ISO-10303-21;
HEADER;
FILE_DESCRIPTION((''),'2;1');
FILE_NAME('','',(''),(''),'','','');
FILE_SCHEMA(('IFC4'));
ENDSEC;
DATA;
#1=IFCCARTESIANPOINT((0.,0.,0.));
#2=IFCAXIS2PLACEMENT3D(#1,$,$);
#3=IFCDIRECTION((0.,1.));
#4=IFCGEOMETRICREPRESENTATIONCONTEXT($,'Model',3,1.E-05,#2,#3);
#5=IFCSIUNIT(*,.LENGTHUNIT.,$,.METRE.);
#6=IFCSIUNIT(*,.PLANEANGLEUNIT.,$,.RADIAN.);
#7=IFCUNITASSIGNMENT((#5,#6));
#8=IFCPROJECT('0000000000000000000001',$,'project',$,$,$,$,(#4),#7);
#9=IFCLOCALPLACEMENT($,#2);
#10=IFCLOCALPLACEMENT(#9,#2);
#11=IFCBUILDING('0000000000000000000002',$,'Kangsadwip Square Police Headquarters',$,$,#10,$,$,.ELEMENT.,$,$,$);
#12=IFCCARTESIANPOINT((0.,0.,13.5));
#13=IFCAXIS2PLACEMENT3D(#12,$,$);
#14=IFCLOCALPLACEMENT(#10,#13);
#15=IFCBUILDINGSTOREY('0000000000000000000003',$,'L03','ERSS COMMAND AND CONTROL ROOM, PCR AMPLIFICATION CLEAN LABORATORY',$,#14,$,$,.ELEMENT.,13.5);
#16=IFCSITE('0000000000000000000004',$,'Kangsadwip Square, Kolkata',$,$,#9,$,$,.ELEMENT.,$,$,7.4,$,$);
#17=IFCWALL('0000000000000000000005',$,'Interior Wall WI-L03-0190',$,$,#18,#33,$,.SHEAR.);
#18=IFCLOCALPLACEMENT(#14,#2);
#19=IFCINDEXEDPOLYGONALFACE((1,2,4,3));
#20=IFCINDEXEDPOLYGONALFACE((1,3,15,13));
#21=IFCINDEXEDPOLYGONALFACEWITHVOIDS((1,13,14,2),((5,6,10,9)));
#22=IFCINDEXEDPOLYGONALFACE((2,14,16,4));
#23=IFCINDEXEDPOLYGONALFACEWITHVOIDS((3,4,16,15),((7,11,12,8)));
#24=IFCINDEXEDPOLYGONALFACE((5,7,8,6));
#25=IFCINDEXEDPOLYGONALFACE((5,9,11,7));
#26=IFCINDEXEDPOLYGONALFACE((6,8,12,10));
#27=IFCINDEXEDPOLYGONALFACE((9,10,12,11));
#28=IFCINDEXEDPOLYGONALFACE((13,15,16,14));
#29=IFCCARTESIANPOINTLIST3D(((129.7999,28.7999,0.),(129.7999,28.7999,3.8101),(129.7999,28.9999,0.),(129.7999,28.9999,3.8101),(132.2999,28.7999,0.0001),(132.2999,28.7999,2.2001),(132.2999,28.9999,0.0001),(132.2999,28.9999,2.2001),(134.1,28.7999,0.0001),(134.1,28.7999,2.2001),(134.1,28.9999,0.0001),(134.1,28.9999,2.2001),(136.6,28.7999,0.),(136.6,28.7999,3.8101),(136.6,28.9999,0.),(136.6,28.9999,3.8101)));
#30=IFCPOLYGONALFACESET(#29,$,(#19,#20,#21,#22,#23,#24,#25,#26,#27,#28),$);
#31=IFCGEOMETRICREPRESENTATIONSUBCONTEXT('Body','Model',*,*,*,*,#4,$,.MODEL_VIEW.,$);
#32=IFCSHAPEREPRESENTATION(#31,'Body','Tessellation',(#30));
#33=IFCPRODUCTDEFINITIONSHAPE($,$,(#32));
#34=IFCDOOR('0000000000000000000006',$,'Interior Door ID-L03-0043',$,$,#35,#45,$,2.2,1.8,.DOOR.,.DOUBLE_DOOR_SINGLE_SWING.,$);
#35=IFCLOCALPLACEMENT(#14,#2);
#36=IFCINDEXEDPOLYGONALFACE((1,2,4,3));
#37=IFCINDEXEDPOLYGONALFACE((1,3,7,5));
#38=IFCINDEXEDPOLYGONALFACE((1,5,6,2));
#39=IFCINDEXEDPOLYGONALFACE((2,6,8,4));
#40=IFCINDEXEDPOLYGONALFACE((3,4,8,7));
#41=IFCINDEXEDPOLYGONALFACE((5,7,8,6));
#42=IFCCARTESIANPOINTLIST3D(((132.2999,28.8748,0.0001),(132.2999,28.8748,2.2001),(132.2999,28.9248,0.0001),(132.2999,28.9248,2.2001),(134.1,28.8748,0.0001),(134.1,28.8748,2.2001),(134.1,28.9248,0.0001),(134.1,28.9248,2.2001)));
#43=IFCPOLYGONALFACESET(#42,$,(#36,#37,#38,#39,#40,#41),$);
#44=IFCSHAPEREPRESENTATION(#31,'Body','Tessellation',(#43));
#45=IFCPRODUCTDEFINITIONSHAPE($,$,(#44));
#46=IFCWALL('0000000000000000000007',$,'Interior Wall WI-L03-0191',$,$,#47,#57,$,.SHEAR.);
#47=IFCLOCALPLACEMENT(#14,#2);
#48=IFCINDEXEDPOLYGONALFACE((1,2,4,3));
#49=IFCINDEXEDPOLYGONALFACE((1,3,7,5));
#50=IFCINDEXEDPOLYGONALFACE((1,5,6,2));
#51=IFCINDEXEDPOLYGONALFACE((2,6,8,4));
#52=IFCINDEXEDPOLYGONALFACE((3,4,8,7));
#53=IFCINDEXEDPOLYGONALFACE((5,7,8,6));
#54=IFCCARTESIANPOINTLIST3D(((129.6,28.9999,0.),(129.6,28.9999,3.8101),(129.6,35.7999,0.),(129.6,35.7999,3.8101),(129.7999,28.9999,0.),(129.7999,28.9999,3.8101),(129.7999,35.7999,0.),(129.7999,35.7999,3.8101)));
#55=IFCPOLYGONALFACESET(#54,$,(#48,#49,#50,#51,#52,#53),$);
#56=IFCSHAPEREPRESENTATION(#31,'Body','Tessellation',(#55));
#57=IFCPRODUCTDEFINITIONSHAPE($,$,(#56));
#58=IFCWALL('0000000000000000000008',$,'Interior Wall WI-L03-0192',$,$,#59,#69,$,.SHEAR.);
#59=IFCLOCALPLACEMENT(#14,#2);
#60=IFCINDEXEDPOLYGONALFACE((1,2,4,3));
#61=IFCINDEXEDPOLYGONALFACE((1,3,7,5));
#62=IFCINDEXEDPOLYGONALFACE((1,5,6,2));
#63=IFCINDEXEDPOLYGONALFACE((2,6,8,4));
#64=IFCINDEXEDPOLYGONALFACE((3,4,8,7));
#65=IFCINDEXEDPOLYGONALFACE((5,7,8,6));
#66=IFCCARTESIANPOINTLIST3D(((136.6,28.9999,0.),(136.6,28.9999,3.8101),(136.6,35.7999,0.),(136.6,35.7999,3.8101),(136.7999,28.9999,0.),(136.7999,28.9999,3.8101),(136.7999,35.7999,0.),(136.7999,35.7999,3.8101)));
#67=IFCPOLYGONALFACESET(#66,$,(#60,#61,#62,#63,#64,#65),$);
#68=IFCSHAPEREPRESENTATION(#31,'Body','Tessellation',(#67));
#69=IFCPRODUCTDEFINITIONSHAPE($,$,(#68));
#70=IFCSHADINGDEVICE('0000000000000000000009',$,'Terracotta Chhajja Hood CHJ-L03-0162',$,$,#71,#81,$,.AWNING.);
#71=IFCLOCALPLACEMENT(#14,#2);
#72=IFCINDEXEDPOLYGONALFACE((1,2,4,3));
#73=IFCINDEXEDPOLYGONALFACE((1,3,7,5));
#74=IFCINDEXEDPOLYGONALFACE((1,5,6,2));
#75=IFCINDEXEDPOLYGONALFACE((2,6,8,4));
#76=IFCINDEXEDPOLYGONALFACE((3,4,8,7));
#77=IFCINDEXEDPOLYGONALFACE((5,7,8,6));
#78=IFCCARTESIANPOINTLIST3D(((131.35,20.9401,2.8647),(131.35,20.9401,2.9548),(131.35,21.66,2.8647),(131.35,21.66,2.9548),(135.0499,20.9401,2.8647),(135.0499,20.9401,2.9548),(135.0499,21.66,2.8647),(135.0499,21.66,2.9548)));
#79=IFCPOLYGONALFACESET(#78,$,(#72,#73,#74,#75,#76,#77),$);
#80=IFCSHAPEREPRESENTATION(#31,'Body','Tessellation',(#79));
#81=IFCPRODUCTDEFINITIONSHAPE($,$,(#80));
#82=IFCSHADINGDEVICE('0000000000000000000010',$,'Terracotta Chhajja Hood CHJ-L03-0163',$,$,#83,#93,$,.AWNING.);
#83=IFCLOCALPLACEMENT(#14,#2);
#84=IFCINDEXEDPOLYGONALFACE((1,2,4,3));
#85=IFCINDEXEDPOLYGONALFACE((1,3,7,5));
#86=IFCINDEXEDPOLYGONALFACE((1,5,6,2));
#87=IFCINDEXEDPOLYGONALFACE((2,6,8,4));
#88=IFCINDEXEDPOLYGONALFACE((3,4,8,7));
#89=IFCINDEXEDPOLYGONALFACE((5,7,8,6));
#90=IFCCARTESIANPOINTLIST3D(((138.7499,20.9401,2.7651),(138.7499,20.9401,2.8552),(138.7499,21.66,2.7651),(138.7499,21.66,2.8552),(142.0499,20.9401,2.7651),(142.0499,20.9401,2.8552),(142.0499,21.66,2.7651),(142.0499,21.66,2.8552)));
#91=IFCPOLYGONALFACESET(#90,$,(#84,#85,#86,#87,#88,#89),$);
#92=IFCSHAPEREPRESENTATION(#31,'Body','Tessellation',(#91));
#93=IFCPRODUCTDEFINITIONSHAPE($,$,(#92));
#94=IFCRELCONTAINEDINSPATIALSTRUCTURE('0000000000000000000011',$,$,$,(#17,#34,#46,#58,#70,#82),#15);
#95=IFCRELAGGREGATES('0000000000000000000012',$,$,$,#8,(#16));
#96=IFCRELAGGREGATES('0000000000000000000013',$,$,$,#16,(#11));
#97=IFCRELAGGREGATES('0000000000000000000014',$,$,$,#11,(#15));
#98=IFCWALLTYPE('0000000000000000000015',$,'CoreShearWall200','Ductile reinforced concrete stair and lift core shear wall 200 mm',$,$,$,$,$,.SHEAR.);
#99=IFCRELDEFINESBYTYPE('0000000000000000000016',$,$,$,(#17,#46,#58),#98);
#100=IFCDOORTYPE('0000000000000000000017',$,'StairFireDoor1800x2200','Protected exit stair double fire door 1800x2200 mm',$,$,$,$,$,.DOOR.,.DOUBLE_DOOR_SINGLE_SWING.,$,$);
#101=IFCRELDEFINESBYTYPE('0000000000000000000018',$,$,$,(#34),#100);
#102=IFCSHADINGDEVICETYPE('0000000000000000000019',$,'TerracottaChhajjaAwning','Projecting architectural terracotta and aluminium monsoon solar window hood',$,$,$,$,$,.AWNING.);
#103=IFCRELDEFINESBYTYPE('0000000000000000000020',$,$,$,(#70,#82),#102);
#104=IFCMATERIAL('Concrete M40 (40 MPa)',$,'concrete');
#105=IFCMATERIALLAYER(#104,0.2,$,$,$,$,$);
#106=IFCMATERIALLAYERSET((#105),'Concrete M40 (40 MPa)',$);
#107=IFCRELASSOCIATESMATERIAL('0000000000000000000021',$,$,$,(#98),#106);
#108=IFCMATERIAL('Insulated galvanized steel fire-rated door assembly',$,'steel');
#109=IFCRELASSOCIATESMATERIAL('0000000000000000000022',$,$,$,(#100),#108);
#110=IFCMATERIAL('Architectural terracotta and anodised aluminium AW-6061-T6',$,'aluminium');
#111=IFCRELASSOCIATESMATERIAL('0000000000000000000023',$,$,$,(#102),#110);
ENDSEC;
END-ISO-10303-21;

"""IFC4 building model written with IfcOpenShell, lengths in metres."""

from ifc_helpers import new_model, si_unit, direction, frame, frame_2d, origin, origin_2d, place, context, subcontext, project, spatial, rectangle, extrude, material, layer, layer_set, type_object, element, fill, save


model = new_model("IFC4")

# Units and contexts
model_context = context("Model", 3, precision=1e-05, world=origin(), true_north=direction((0.0, 1.0)))
body_context = subcontext(model_context, "Body", "Model", "MODEL_VIEW")
ifc_project = project(units=[si_unit("LENGTHUNIT", "METRE"), si_unit("PLANEANGLEUNIT", "RADIAN")], contexts=[model_context])

# Site, building, storey
site_placement = place(None, origin())
site = spatial("IfcSite", under=ifc_project, at=site_placement, Name="Kangsadwip Square, Kolkata", CompositionType="ELEMENT", RefElevation=7.4)
building_placement = place(site_placement, origin())
building = spatial("IfcBuilding", under=site, at=building_placement, Name="Kangsadwip Square Police Headquarters", CompositionType="ELEMENT")
storey_placement = place(building_placement, frame((0.0, 0.0, 13.5)))
storey = spatial("IfcBuildingStorey", under=building, at=storey_placement, Name="L03", Description="ERSS COMMAND AND CONTROL ROOM, PCR AMPLIFICATION CLEAN LABORATORY", CompositionType="ELEMENT", Elevation=13.5)

# Wall, opening, door
ifc_material_1 = material(Name="Concrete M40 (40 MPa)", Category="concrete")
ifc_layer_1 = layer(ifc_material_1, 0.2)
ifc_layer_set_1 = layer_set([ifc_layer_1], Name="Concrete M40 (40 MPa)")
wall_type_1 = type_object("IfcWallType", Name="CoreShearWall200", Description="Ductile reinforced concrete stair and lift core shear wall 200 mm", PredefinedType="SHEAR", material=ifc_layer_set_1)
wall_1_placement = place(storey_placement, frame((129.8, 28.8999, 0.0), z_axis=(0.0, 0.0, 1.0), x_axis=(1.0, 0.0, 0.0)))
wall_1 = element("IfcWall", 1, at=wall_1_placement, inside=storey, type_object=wall_type_1, Name="Interior Wall WI-L03-0190", PredefinedType="SHEAR", context=body_context, shape_type="SweptSolid", body=[
    extrude(rectangle(XDim=6.8, YDim=0.2, at=frame_2d((3.3999, 0.0))), origin(), (0.0, 0.0, 1.0), 3.8101),
])
opening_1_placement = place(wall_1_placement, frame((2.5, 0.0, 0.0)))
opening_1 = element("IfcOpeningElement", 2, at=opening_1_placement, cuts=wall_1, PredefinedType="OPENING", context=body_context, shape_type="SweptSolid", body=[
    extrude(rectangle(XDim=1.8, YDim=2.2, at=frame_2d((0.8999, 1.1001))), frame((0.0, 0.1099, 0.0), z_axis=(0.0, -1.0, 0.0), x_axis=(1.0, 0.0, 0.0)), (0.0, 0.0, 1.0), 0.22),
])
ifc_material_2 = material(Name="Insulated galvanized steel fire-rated door assembly", Category="steel")
door_type = type_object("IfcDoorType", Name="StairFireDoor1800x2200", Description="Protected exit stair double fire door 1800x2200 mm", OperationType="DOUBLE_DOOR_SINGLE_SWING", PredefinedType="DOOR", material=ifc_material_2)
door_placement = place(opening_1_placement, origin())
door = element("IfcDoor", 3, at=door_placement, inside=storey, type_object=door_type, Name="Interior Door ID-L03-0043", OperationType="DOUBLE_DOOR_SINGLE_SWING", OverallHeight=2.2, OverallWidth=1.8, PredefinedType="DOOR", context=body_context, shape_type="SweptSolid", body=[
    extrude(rectangle(XDim=1.8, YDim=2.2, at=frame_2d((0.8999, 1.1001))), frame((0.0, 0.0249, 0.0), z_axis=(0.0, -1.0, 0.0), x_axis=(1.0, 0.0, 0.0)), (0.0, 0.0, 1.0), 0.05),
])
fill(opening_1, door)

# Walls
for number, where, z_axis, x_axis, name in (
    (4, (129.7, 29.0, 0.0), (0.0, 0.0, 1.0), (0.0, 1.0, 0.0), "Interior Wall WI-L03-0191"),
    (5, (136.7, 29.0, 0.0), (0.0, 0.0, 1.0), (0.0, 1.0, 0.0), "Interior Wall WI-L03-0192"),
):
    element("IfcWall", number, at=place(storey_placement, frame(where, z_axis=z_axis, x_axis=x_axis)), inside=storey, type_object=wall_type_1, Name=name, PredefinedType="SHEAR", context=body_context, shape_type="SweptSolid", body=[
        extrude(rectangle(XDim=6.8, YDim=0.2, at=frame_2d((3.3999, 0.0))), origin(), (0.0, 0.0, 1.0), 3.8101),
    ])

# Shading devices
ifc_material_3 = material(Name="Architectural terracotta and anodised aluminium AW-6061-T6", Category="aluminium")
shading_device_type = type_object("IfcShadingDeviceType", Name="TerracottaChhajjaAwning", Description="Projecting architectural terracotta and aluminium monsoon solar window hood", PredefinedType="AWNING", material=ifc_material_3)
shading_device_1_placement = place(storey_placement, frame((133.2, 21.3, 2.8647), z_axis=(0.0, 0.0, 1.0), x_axis=(1.0, 0.0, 0.0)))
element("IfcShadingDevice", 6, at=shading_device_1_placement, inside=storey, type_object=shading_device_type, Name="Terracotta Chhajja Hood CHJ-L03-0162", PredefinedType="AWNING", context=body_context, shape_type="SweptSolid", body=[
    extrude(rectangle(XDim=3.7, YDim=0.72, at=origin_2d()), origin(), (0.0, 0.0, 1.0), 0.0901),
])
shading_device_2_placement = place(storey_placement, frame((140.3999, 21.3, 2.7651), z_axis=(0.0, 0.0, 1.0), x_axis=(1.0, 0.0, 0.0)))
element("IfcShadingDevice", 7, at=shading_device_2_placement, inside=storey, type_object=shading_device_type, Name="Terracotta Chhajja Hood CHJ-L03-0163", PredefinedType="AWNING", context=body_context, shape_type="SweptSolid", body=[
    extrude(rectangle(XDim=3.3, YDim=0.72, at=origin_2d()), origin(), (0.0, 0.0, 1.0), 0.0901),
])

save(model, "model.ifc")
